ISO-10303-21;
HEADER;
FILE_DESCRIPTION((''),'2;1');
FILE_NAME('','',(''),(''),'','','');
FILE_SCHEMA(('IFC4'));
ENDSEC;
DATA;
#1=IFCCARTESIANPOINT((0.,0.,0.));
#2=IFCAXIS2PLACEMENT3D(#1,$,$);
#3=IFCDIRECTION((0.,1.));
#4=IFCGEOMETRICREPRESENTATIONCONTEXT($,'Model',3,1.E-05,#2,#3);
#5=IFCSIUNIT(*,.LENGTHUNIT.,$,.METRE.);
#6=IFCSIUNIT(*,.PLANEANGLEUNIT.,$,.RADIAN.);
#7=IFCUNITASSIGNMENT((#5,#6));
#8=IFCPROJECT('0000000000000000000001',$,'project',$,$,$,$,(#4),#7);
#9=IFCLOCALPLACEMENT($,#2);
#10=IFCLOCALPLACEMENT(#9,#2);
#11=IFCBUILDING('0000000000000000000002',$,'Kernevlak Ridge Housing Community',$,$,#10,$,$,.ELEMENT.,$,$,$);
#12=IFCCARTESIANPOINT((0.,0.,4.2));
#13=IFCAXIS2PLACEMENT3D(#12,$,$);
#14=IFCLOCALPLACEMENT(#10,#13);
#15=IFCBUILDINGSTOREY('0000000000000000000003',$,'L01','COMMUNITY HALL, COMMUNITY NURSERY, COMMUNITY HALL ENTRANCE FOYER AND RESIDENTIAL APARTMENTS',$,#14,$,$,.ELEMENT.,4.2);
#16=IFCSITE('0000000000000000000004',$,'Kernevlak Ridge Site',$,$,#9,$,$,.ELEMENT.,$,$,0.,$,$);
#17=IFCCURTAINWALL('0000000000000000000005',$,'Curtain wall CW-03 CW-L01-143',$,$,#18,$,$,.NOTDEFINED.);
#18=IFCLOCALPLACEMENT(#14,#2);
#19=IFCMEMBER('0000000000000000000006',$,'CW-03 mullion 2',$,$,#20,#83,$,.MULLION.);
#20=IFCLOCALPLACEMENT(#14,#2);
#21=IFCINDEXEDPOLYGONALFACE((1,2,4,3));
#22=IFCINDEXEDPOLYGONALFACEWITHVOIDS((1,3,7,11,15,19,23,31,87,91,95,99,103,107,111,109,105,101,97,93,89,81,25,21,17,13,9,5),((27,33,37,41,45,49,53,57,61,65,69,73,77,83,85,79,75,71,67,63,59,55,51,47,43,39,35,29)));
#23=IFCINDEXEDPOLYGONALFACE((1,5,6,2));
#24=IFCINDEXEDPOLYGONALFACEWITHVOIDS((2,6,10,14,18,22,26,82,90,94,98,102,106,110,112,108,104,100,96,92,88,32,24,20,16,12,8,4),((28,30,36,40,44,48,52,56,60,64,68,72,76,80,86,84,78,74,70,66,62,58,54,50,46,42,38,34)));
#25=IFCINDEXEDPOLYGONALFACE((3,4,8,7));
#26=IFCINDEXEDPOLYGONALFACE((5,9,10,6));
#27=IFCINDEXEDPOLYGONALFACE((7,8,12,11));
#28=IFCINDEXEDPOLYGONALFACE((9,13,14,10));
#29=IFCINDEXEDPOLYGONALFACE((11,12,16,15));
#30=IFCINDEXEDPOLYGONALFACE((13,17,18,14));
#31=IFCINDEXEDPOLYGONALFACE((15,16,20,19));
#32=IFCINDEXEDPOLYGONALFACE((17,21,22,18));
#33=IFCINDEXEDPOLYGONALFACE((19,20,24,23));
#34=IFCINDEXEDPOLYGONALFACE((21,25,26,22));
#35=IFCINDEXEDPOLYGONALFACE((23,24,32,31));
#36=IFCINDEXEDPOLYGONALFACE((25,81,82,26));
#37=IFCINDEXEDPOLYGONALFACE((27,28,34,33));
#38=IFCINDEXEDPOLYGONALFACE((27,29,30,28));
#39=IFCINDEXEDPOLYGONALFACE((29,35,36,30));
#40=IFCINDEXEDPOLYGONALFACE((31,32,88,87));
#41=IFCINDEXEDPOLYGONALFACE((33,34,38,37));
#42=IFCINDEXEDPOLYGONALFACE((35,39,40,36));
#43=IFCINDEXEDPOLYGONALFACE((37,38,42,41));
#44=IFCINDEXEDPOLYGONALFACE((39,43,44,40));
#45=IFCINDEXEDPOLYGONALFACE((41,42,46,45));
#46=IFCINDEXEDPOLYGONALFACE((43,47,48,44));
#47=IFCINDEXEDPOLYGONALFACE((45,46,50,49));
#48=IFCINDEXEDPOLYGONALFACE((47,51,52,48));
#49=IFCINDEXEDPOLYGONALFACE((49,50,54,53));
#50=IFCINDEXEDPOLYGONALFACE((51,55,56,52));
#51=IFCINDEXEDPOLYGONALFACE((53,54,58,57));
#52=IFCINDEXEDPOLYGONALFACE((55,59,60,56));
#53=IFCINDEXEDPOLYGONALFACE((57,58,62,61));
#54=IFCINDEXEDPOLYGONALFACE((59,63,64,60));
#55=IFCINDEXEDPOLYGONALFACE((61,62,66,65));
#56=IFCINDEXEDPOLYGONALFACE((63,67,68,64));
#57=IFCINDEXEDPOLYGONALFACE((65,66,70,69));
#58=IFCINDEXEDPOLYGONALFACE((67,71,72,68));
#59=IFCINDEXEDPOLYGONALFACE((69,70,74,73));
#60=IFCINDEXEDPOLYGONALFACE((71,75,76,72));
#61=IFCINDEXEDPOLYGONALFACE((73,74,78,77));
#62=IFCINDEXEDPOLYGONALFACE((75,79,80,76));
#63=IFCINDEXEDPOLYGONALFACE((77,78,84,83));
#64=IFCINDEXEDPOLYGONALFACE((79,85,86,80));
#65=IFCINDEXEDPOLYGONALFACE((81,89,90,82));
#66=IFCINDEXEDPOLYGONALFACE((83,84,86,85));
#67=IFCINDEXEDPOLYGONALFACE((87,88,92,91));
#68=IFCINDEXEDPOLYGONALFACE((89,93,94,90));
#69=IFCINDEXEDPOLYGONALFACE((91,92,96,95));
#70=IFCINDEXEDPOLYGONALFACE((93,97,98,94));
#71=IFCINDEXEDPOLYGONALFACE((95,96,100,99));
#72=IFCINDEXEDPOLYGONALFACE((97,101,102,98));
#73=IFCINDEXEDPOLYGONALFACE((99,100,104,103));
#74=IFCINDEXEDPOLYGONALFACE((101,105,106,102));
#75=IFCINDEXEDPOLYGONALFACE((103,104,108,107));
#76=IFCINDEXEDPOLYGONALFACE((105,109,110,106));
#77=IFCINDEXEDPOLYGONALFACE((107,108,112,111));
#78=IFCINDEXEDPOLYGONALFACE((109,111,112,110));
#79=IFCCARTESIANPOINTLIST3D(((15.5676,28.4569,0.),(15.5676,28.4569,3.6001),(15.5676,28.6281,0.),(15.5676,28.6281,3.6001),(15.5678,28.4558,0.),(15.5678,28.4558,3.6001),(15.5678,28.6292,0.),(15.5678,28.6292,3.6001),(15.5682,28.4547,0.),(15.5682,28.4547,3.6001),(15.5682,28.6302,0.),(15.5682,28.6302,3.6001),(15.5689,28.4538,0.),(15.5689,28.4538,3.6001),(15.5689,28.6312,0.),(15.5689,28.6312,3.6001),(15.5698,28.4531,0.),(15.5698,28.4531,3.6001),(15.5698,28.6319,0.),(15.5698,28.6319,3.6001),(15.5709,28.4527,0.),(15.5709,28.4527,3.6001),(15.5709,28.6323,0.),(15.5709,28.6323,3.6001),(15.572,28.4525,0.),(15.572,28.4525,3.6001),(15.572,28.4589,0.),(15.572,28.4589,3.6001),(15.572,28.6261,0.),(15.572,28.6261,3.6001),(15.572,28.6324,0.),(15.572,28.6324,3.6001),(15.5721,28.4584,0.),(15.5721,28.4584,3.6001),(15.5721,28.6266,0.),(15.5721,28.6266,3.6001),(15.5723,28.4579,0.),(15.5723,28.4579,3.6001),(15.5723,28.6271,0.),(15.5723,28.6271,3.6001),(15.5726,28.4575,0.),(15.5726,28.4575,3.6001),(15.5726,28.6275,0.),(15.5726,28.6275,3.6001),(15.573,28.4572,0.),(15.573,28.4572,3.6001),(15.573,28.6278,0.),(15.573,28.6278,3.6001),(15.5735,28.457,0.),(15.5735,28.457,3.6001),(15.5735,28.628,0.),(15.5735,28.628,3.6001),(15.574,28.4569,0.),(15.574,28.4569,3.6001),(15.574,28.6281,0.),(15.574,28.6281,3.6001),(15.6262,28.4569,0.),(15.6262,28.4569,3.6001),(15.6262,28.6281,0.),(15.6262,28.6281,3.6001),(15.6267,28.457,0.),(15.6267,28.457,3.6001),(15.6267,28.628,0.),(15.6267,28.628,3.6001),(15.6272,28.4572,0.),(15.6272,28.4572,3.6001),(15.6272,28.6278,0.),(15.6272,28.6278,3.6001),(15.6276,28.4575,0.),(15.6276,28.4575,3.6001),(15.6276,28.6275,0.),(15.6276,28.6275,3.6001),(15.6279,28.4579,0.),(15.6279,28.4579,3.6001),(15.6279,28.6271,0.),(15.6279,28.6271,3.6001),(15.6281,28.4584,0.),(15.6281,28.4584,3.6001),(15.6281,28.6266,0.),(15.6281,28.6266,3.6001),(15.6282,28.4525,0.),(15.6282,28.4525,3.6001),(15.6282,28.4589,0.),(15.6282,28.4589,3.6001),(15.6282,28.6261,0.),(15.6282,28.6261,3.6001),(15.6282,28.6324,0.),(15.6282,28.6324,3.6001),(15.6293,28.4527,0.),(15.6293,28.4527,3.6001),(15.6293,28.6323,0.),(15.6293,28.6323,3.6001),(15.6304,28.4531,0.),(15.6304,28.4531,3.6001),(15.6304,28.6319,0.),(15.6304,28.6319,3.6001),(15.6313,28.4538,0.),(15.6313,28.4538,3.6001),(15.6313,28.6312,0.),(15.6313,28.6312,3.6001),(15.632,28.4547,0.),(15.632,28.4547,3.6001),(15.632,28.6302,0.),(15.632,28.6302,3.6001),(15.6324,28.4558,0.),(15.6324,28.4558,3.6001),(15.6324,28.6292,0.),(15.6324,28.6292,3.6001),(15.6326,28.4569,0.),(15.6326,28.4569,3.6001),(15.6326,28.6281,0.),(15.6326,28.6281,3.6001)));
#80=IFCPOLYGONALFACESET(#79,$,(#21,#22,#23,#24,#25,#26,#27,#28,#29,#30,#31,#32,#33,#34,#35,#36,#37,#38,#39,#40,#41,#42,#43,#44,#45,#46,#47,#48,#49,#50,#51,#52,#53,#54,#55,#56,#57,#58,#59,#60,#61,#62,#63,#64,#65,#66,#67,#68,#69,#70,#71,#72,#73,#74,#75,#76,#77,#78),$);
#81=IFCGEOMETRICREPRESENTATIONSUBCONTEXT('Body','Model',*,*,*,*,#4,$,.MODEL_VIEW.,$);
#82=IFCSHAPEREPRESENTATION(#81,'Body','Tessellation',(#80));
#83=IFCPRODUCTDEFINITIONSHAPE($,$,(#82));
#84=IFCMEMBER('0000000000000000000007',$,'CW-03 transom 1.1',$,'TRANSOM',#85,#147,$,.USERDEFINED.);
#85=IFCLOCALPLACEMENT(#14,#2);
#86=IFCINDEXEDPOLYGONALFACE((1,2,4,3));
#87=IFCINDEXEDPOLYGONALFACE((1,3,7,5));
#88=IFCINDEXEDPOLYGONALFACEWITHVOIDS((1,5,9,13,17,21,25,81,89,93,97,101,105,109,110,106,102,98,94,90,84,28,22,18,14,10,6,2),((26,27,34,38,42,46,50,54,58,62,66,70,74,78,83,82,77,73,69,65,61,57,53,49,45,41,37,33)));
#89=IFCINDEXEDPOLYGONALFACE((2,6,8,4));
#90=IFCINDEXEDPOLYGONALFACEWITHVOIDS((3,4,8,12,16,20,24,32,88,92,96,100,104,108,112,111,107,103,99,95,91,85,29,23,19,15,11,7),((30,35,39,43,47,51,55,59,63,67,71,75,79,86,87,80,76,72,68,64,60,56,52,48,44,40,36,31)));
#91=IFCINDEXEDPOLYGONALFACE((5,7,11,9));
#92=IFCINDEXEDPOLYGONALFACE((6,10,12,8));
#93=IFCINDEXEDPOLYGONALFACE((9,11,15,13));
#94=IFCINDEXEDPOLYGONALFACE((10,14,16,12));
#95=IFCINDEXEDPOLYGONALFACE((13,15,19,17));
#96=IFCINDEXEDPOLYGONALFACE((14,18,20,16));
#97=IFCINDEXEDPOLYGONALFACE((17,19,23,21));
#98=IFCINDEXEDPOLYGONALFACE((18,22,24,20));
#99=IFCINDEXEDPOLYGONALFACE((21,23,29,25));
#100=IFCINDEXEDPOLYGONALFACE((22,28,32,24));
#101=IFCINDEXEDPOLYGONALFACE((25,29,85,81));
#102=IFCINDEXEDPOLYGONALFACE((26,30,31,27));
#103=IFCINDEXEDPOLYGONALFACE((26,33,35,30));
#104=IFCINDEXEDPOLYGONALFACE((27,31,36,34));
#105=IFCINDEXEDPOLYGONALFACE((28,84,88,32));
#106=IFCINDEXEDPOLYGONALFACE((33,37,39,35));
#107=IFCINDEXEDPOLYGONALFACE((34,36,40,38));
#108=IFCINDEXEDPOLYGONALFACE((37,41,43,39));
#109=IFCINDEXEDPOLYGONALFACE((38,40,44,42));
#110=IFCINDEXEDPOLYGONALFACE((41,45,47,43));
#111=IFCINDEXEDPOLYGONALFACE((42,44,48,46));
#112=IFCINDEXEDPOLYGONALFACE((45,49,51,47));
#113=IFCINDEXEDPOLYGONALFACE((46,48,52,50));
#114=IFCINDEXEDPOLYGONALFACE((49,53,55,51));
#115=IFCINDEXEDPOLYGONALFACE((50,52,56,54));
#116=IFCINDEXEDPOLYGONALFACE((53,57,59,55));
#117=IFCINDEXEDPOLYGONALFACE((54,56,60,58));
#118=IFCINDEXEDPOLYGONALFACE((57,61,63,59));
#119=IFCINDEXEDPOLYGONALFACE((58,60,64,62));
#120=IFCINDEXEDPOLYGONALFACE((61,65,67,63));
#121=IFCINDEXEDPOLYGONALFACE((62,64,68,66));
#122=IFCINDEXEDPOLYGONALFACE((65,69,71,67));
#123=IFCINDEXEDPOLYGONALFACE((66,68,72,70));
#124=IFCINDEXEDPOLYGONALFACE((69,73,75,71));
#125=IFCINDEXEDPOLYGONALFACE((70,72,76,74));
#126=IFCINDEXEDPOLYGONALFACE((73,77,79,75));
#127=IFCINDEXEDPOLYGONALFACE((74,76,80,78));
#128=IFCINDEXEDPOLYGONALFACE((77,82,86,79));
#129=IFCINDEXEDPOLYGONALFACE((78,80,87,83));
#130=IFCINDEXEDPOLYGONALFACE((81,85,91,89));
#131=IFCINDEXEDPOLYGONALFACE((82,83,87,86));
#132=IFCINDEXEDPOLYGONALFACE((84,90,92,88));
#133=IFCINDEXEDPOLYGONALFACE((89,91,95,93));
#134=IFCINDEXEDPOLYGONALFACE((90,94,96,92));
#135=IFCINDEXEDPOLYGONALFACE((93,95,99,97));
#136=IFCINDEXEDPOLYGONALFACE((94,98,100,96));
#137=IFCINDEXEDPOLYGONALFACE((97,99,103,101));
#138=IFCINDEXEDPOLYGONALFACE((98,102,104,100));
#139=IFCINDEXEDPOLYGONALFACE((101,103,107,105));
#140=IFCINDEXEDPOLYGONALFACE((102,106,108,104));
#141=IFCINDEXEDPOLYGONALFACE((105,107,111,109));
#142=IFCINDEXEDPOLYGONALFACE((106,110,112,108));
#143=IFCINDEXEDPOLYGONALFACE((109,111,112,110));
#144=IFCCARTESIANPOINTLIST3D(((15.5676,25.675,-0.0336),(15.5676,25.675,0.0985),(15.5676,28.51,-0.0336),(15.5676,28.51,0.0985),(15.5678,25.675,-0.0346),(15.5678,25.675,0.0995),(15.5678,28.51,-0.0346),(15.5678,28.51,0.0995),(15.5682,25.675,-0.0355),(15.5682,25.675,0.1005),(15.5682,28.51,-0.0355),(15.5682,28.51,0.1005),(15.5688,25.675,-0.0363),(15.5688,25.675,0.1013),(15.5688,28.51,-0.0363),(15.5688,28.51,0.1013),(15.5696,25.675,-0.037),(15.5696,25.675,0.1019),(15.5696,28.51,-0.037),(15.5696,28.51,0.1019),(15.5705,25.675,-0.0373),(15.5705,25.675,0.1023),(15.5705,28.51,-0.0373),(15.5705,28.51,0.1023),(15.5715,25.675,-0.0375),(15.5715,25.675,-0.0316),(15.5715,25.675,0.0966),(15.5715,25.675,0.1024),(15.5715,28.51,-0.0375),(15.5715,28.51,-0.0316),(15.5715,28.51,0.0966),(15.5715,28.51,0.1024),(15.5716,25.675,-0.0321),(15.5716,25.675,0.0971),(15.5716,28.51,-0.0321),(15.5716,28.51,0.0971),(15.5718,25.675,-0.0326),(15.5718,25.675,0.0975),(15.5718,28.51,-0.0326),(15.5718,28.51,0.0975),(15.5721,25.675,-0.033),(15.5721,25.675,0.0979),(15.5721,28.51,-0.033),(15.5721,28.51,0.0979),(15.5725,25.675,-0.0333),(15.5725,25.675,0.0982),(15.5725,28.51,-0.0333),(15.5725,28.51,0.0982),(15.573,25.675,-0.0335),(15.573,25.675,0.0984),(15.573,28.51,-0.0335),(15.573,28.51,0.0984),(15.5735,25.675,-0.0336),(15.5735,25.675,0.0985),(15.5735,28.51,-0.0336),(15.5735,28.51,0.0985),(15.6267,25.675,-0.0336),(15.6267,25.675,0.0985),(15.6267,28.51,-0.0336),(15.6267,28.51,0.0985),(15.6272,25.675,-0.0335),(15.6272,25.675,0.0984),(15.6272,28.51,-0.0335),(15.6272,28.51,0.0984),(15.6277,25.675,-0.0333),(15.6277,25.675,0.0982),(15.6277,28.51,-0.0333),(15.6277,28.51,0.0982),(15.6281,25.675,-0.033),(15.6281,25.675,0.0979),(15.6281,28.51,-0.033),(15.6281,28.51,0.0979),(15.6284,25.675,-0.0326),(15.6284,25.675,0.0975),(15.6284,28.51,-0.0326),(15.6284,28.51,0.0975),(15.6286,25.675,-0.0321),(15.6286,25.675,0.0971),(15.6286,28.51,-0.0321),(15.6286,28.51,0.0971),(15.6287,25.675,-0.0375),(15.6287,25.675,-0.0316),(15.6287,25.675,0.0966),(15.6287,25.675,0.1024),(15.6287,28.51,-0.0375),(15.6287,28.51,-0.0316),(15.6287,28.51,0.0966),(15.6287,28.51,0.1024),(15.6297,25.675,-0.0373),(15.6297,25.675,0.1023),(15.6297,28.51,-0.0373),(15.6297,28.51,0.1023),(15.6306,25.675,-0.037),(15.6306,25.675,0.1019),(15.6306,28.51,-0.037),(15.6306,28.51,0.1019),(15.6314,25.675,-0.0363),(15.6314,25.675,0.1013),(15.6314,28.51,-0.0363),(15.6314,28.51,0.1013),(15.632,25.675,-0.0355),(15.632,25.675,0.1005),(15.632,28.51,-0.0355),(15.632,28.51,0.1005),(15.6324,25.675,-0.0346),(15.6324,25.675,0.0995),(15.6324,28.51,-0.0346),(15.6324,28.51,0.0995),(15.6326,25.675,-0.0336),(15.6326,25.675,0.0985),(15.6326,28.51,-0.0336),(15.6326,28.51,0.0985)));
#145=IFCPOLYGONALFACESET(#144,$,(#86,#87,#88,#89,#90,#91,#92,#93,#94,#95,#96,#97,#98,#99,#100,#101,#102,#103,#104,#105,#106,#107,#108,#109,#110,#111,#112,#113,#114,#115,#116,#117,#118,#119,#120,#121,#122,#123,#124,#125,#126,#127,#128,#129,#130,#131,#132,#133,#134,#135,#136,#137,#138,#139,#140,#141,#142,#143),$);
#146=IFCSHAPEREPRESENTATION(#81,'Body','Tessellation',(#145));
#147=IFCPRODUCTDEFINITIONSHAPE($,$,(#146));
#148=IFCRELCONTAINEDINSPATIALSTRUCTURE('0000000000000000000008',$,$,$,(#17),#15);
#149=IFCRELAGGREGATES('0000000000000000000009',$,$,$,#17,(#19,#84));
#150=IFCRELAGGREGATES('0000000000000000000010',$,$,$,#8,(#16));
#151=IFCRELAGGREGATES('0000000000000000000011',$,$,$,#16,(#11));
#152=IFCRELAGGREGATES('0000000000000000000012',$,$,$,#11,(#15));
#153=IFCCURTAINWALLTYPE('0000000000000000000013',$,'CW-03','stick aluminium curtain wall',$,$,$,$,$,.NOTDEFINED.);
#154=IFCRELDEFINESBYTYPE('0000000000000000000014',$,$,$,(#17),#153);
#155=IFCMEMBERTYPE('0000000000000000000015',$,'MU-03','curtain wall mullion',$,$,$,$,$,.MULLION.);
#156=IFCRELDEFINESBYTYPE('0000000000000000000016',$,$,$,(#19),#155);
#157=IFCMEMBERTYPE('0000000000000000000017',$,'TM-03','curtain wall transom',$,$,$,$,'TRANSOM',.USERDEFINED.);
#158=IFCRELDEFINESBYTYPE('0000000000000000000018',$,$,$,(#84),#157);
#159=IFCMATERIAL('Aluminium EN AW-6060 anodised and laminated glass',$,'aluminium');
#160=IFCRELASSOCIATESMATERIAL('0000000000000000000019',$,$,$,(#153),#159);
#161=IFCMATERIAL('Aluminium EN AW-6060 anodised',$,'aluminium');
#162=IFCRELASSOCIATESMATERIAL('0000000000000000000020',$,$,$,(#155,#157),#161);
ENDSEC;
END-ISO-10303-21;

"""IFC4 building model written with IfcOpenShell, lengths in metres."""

from ifc_helpers import new_model, si_unit, direction, frame, origin, origin_2d, place, context, subcontext, project, spatial, hollow_rectangle, extrude, material, material_profile, profile_set, type_object, element, aggregate, save


model = new_model("IFC4")

# Units and contexts
model_context = context("Model", 3, precision=1e-05, world=origin(), true_north=direction((0.0, 1.0)))
body_context = subcontext(model_context, "Body", "Model", "MODEL_VIEW")
ifc_project = project(units=[si_unit("LENGTHUNIT", "METRE"), si_unit("PLANEANGLEUNIT", "RADIAN")], contexts=[model_context])

# Site, building, storey
site_placement = place(None, origin())
site = spatial("IfcSite", under=ifc_project, at=site_placement, Name="Kernevlak Ridge Site", CompositionType="ELEMENT", RefElevation=0.0)
building_placement = place(site_placement, origin())
building = spatial("IfcBuilding", under=site, at=building_placement, Name="Kernevlak Ridge Housing Community", CompositionType="ELEMENT")
storey_placement = place(building_placement, frame((0.0, 0.0, 4.2)))
storey = spatial("IfcBuildingStorey", under=building, at=storey_placement, Name="L01", Description="COMMUNITY HALL, COMMUNITY NURSERY, COMMUNITY HALL ENTRANCE FOYER AND RESIDENTIAL APARTMENTS", CompositionType="ELEMENT", Elevation=4.2)

# Shared definitions
ifc_material_1 = material(Name="Aluminium EN AW-6060 anodised and laminated glass", Category="aluminium")
ifc_material_2 = material(Name="Aluminium EN AW-6060 anodised", Category="aluminium")

# Curtain wall, members
curtain_wall_type_1 = type_object("IfcCurtainWallType", Name="CW-03", Description="stick aluminium curtain wall", PredefinedType="NOTDEFINED", material=ifc_material_1)
curtain_wall_1_placement = place(storey_placement, origin())
curtain_wall_1 = element("IfcCurtainWall", 1, at=curtain_wall_1_placement, inside=storey, type_object=curtain_wall_type_1, Name="Curtain wall CW-03 CW-L01-143", PredefinedType="NOTDEFINED")
ifc_material_profile_1 = material_profile(ifc_material_2, hollow_rectangle(XDim=0.0649, YDim=0.1799, WallThickness=0.0044, InnerFilletRadius=0.002, OuterFilletRadius=0.0044, at=origin_2d()), Name="ALU 65x180x4.5")
ifc_profile_set_1 = profile_set([ifc_material_profile_1], Name="Aluminium EN AW-6060 anodised")
member_type_1 = type_object("IfcMemberType", Name="MU-03", Description="curtain wall mullion", PredefinedType="MULLION", material=ifc_profile_set_1)
member_1_placement = place(storey_placement, frame((15.6001, 28.5425, 0.0), z_axis=(0.0, 0.0, 1.0), x_axis=(-1.0, 0.0, 0.0)))
member_1 = element("IfcMember", 2, at=member_1_placement, type_object=member_type_1, Name="CW-03 mullion 2", PredefinedType="MULLION", context=body_context, shape_type="SweptSolid", body=[
    extrude(hollow_rectangle(XDim=0.0649, YDim=0.1799, WallThickness=0.0044, InnerFilletRadius=0.002, OuterFilletRadius=0.0044, at=origin_2d()), origin(), (0.0, 0.0, 1.0), 3.6001),
])
ifc_material_profile_2 = material_profile(ifc_material_2, hollow_rectangle(XDim=0.0649, YDim=0.1399, WallThickness=0.0039, InnerFilletRadius=0.002, OuterFilletRadius=0.0039, at=origin_2d()), Name="ALU 65x140x4")
ifc_profile_set_2 = profile_set([ifc_material_profile_2], Name="Aluminium EN AW-6060 anodised")
member_type_2 = type_object("IfcMemberType", Name="TM-03", Description="curtain wall transom", ElementType="TRANSOM", PredefinedType="USERDEFINED", material=ifc_profile_set_2)
member_2_placement = place(storey_placement, frame((15.6001, 25.675, 0.0325), z_axis=(0.0, 1.0, 0.0), x_axis=(-1.0, 0.0, 0.0)))
member_2 = element("IfcMember", 3, at=member_2_placement, type_object=member_type_2, Name="CW-03 transom 1.1", ObjectType="TRANSOM", PredefinedType="USERDEFINED", context=body_context, shape_type="SweptSolid", body=[
    extrude(hollow_rectangle(XDim=0.0649, YDim=0.1399, WallThickness=0.0039, InnerFilletRadius=0.002, OuterFilletRadius=0.0039, at=origin_2d()), origin(), (0.0, 0.0, 1.0), 2.835),
])
aggregate(curtain_wall_1, [member_1, member_2])

save(model, "model.ifc")
